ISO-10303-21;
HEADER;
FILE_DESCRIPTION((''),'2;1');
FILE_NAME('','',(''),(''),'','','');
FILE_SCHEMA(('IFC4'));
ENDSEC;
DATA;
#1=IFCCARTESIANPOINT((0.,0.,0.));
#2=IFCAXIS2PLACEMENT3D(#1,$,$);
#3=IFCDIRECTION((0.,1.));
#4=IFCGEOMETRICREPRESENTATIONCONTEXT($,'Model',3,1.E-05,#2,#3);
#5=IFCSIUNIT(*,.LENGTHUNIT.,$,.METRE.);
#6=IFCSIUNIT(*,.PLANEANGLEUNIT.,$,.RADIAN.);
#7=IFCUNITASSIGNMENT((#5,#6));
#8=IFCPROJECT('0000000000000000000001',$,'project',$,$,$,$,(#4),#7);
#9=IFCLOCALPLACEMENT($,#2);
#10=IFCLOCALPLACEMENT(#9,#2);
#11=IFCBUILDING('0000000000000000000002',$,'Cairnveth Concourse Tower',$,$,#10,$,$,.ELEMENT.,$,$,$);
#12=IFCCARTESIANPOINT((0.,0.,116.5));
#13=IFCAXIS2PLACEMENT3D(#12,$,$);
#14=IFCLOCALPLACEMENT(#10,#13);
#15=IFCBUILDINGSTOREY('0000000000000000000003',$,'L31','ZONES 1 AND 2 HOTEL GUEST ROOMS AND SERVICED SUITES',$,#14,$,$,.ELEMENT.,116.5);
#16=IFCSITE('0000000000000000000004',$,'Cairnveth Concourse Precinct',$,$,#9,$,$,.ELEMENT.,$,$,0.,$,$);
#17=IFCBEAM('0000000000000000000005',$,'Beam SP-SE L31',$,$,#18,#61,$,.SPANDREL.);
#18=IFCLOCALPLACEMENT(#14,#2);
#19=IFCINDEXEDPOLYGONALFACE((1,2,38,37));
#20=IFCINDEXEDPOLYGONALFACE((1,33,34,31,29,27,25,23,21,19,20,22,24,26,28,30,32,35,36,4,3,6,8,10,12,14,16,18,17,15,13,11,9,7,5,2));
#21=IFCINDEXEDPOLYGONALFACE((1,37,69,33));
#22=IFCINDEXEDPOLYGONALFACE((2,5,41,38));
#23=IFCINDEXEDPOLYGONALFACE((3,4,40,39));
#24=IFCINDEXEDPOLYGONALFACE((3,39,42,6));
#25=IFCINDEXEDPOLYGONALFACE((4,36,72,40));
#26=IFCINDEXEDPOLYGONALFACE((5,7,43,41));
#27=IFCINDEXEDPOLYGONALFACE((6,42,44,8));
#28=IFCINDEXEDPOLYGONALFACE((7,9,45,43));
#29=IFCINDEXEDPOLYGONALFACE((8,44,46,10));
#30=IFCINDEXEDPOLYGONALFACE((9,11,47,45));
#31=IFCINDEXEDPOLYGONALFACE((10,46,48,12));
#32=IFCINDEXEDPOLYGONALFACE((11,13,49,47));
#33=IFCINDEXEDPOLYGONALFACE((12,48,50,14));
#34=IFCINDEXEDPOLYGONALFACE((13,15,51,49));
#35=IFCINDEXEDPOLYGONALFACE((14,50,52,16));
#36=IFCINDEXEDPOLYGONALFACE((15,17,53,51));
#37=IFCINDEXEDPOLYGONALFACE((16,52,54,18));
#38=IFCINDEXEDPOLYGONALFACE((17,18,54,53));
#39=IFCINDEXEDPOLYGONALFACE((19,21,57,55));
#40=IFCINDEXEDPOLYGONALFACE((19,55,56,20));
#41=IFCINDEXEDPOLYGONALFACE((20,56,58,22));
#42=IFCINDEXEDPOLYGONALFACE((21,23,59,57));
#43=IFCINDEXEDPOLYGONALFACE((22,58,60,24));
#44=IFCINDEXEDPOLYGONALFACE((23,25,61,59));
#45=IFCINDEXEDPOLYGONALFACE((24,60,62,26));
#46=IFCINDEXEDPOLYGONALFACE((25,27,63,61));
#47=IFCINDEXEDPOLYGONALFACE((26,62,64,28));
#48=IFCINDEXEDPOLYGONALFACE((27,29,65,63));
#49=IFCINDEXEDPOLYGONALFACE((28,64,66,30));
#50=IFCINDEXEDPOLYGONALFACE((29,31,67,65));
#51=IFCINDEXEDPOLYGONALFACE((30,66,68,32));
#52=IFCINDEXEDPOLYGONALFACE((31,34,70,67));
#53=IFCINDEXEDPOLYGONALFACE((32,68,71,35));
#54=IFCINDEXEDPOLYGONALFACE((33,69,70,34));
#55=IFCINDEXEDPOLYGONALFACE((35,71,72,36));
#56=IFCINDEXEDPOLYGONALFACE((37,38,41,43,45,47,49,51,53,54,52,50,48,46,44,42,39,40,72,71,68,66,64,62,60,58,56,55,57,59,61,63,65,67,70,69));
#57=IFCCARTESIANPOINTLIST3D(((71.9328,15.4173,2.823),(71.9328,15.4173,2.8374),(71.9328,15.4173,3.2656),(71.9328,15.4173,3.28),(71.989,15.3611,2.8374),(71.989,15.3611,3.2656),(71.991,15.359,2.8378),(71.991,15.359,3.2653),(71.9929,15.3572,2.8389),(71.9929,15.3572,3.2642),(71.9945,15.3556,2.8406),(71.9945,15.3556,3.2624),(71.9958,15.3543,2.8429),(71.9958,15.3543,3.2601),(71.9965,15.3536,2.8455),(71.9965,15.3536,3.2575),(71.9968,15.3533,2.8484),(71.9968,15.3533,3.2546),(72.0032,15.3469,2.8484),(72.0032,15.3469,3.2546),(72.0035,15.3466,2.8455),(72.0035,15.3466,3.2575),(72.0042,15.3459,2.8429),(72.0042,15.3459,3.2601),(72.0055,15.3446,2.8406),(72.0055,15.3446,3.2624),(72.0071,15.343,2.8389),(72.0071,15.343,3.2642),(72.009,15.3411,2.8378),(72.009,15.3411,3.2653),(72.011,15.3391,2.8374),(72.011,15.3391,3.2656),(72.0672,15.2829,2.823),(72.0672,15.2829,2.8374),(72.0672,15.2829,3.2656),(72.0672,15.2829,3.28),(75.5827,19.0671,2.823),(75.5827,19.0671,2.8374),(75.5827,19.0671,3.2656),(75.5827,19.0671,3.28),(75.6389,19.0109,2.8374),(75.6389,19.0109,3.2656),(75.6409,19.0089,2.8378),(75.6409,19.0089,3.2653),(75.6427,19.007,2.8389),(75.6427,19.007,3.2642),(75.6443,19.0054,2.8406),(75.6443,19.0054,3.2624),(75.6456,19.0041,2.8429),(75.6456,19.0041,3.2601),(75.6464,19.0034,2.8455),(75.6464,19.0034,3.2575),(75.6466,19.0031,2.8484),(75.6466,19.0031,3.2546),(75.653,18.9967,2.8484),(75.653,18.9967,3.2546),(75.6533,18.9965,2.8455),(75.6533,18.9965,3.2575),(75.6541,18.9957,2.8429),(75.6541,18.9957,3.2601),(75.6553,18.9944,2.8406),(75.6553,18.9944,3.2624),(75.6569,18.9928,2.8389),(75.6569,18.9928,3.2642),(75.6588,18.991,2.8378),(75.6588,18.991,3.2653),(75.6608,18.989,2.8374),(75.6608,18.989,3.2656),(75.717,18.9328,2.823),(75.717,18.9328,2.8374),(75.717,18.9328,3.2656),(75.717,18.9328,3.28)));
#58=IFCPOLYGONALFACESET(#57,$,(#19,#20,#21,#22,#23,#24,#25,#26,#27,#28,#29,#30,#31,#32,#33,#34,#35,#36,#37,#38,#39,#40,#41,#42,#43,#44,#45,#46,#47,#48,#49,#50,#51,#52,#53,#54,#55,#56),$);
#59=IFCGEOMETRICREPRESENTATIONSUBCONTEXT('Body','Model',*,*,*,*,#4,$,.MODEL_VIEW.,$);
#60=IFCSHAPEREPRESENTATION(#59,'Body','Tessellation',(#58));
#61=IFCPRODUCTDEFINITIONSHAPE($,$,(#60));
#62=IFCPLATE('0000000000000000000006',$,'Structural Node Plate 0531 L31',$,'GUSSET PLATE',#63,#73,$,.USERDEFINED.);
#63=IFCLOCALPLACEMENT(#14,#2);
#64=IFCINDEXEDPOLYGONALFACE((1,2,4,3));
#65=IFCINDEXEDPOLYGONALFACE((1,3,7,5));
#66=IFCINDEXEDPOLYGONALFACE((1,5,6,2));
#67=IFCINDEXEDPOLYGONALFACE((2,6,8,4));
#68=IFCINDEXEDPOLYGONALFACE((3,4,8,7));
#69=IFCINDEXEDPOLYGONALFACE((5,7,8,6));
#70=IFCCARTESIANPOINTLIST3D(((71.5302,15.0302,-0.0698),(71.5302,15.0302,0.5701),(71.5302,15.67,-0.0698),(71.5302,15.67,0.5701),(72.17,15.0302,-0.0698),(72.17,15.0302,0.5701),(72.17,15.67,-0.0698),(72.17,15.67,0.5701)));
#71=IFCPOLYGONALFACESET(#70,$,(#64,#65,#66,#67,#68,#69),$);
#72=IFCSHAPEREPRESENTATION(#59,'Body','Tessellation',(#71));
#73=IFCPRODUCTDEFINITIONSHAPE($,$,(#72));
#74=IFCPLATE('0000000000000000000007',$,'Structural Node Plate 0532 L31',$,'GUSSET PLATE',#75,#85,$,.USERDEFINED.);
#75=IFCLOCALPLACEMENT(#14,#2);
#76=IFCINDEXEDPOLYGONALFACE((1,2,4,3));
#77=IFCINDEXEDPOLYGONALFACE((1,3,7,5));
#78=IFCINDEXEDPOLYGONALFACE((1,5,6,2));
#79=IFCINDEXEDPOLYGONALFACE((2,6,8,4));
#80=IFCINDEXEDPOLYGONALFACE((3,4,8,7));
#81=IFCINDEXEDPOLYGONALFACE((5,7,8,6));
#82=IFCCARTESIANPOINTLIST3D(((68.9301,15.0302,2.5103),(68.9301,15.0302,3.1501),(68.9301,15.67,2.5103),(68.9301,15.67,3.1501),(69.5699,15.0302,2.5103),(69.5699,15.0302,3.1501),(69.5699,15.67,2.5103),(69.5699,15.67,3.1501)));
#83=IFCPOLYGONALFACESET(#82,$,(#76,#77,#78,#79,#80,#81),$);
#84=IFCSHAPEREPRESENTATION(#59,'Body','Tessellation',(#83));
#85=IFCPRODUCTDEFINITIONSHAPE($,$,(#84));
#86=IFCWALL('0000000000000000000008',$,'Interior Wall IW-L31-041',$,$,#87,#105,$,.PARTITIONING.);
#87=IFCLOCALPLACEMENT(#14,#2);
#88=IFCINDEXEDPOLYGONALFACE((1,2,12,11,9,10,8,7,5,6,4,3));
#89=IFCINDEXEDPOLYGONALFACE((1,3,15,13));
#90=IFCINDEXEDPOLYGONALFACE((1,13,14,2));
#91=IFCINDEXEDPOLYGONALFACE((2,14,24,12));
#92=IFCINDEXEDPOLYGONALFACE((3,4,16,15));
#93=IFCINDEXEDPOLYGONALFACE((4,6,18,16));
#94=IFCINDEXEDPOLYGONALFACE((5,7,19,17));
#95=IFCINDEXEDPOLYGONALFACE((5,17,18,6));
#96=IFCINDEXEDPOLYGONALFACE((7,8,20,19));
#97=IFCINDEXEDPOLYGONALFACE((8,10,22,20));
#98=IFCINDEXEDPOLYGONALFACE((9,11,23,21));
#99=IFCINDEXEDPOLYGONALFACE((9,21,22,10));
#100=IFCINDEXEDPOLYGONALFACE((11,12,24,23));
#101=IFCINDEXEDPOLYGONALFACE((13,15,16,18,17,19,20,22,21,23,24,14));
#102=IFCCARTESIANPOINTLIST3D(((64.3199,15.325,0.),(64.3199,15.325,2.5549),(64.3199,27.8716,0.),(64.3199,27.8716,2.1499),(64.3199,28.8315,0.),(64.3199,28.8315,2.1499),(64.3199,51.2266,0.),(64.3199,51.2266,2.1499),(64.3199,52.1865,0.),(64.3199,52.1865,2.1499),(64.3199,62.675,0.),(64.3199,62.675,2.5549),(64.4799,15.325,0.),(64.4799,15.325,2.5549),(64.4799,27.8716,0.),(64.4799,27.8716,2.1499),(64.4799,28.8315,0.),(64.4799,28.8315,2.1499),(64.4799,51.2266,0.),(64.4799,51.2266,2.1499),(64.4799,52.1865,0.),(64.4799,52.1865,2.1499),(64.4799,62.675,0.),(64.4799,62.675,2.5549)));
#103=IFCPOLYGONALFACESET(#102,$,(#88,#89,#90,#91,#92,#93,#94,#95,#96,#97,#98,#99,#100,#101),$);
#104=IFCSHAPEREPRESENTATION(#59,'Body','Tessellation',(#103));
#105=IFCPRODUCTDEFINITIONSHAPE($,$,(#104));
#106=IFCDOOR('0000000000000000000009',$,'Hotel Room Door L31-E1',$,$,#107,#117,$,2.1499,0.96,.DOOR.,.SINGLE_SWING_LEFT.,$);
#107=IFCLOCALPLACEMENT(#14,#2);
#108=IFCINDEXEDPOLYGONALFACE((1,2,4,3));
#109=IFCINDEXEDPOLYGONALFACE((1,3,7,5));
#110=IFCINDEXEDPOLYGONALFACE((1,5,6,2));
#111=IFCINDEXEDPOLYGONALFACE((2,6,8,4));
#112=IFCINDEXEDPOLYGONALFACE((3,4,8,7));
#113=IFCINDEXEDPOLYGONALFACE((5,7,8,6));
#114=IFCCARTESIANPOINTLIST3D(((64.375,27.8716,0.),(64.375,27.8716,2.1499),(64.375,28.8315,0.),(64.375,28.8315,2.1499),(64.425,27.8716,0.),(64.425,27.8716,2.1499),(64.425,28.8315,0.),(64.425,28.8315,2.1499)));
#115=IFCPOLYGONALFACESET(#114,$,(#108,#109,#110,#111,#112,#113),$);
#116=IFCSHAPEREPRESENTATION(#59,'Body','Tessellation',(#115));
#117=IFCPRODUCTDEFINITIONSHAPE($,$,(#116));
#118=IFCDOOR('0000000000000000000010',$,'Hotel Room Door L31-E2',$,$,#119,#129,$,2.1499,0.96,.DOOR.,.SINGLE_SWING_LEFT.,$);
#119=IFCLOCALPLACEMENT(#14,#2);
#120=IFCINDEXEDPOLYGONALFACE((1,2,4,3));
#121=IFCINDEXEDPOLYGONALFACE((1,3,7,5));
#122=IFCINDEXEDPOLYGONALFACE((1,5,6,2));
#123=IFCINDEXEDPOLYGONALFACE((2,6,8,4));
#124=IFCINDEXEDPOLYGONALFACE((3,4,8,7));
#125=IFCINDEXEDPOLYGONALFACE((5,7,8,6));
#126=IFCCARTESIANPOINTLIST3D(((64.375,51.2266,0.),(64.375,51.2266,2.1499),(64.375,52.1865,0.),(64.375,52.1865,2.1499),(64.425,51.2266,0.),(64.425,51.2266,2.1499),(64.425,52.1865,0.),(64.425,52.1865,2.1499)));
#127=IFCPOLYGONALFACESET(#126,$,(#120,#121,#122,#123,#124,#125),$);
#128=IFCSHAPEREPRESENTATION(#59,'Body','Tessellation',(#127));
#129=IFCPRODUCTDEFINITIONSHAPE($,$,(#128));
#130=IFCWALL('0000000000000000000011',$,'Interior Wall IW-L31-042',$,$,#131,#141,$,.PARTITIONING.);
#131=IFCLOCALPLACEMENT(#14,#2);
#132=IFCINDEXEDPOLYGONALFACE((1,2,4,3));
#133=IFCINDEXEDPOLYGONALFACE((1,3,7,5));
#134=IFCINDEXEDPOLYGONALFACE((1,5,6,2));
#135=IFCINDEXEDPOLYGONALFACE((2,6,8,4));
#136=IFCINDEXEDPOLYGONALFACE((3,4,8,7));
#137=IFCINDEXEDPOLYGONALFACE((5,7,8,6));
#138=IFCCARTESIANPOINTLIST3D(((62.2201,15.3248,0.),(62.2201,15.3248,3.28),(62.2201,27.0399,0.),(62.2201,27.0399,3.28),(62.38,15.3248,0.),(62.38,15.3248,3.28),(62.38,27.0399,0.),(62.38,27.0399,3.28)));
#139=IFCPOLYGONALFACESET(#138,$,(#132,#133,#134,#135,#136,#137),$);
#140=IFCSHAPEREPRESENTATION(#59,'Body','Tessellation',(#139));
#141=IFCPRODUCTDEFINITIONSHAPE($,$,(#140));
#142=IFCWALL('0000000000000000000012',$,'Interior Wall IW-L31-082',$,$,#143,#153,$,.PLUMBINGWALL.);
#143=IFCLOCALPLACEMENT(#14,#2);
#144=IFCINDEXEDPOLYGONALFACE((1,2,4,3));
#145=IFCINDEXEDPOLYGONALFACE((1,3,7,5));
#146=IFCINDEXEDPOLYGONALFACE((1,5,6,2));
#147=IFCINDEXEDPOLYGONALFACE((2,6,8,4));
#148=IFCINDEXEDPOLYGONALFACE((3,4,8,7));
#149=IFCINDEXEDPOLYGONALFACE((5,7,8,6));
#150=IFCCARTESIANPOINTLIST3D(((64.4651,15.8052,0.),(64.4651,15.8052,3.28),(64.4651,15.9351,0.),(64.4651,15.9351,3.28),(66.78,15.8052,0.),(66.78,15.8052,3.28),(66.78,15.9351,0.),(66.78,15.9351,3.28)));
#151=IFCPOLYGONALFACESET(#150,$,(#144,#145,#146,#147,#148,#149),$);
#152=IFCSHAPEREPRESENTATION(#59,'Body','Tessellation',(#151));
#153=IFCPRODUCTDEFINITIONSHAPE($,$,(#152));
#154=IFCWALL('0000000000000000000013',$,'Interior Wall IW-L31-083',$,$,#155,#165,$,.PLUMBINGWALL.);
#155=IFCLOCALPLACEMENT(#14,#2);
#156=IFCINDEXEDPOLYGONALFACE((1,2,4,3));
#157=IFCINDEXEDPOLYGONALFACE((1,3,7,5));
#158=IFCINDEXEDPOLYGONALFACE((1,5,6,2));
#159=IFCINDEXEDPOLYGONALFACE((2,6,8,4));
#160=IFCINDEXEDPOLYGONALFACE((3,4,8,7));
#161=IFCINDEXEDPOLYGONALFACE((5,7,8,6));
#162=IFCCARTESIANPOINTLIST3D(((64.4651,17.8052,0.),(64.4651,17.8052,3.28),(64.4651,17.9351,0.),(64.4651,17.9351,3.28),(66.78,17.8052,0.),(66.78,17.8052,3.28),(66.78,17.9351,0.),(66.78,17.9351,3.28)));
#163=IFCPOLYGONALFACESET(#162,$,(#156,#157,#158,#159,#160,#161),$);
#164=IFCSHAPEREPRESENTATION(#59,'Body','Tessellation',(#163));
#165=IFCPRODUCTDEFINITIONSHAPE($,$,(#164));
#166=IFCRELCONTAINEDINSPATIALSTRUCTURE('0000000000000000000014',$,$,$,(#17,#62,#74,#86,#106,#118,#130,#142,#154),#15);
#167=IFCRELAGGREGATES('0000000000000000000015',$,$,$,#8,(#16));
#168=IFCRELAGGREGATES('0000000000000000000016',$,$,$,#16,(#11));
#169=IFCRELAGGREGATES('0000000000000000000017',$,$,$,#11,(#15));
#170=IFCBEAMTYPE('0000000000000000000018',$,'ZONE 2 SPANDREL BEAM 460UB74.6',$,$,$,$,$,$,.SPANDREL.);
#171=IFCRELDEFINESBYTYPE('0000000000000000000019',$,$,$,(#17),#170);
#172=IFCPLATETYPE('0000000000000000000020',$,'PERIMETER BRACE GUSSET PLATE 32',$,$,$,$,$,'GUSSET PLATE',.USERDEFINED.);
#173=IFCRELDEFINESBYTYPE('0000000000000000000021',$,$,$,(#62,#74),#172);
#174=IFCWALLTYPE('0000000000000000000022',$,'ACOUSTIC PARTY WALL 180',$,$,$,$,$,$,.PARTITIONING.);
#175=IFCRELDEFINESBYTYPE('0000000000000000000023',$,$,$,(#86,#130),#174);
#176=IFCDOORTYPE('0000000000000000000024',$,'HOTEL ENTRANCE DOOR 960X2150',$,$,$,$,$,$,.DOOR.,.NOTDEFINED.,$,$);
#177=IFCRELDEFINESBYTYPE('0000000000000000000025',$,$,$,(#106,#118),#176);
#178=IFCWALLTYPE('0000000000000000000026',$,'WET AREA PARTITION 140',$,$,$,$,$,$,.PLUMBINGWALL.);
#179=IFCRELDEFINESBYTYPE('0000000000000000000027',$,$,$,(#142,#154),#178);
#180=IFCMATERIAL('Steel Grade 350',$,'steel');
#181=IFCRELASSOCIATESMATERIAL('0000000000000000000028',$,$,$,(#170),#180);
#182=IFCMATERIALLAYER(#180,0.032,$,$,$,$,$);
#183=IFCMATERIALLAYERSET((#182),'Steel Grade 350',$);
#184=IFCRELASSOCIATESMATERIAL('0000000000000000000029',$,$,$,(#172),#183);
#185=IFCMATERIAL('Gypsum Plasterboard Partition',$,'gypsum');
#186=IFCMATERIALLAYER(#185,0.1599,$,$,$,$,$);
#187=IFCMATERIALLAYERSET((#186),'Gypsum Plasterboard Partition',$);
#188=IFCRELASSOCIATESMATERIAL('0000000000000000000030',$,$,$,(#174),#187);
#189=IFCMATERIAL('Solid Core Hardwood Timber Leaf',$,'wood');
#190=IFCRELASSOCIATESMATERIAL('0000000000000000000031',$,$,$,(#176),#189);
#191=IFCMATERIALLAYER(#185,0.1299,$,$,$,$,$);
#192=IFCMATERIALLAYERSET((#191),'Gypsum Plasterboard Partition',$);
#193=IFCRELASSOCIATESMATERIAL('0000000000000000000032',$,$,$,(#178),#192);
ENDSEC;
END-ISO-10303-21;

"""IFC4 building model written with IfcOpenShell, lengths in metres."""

from ifc_helpers import new_model, si_unit, direction, frame, frame_2d, origin, origin_2d, place, context, subcontext, project, spatial, rectangle, i_section, extrude, material, layer, layer_set, material_profile, profile_set, type_object, element, fill, save


model = new_model("IFC4")

# Units and contexts
model_context = context("Model", 3, precision=1e-05, world=origin(), true_north=direction((0.0, 1.0)))
body_context = subcontext(model_context, "Body", "Model", "MODEL_VIEW")
ifc_project = project(units=[si_unit("LENGTHUNIT", "METRE"), si_unit("PLANEANGLEUNIT", "RADIAN")], contexts=[model_context])

# Site, building, storey
site_placement = place(None, origin())
site = spatial("IfcSite", under=ifc_project, at=site_placement, Name="Cairnveth Concourse Precinct", CompositionType="ELEMENT", RefElevation=0.0)
building_placement = place(site_placement, origin())
building = spatial("IfcBuilding", under=site, at=building_placement, Name="Cairnveth Concourse Tower", CompositionType="ELEMENT")
storey_placement = place(building_placement, frame((0.0, 0.0, 116.5)))
storey = spatial("IfcBuildingStorey", under=building, at=storey_placement, Name="L31", Description="ZONES 1 AND 2 HOTEL GUEST ROOMS AND SERVICED SUITES", CompositionType="ELEMENT", Elevation=116.5)

# Shared definitions
ifc_material_1 = material(Name="Steel Grade 350", Category="steel")

# Beam
ifc_material_profile_1 = material_profile(ifc_material_1, i_section(OverallWidth=0.1899, OverallDepth=0.457, WebThickness=0.009, FlangeThickness=0.0144, FilletRadius=0.011, at=origin_2d()), Name="460UB74.6")
ifc_profile_set_1 = profile_set([ifc_material_profile_1], Name="Steel Grade 350")
beam_type_1 = type_object("IfcBeamType", Name="ZONE 2 SPANDREL BEAM 460UB74.6", PredefinedType="SPANDREL", material=ifc_profile_set_1)
beam_1_placement = place(storey_placement, frame((72.0, 15.3501, 3.0515), z_axis=(0.707107, 0.707107, 0.0), x_axis=(-0.707107, 0.707107, 0.0)))
element("IfcBeam", 1, at=beam_1_placement, inside=storey, type_object=beam_type_1, Name="Beam SP-SE L31", PredefinedType="SPANDREL", context=body_context, shape_type="SweptSolid", body=[
    extrude(i_section(OverallWidth=0.1899, OverallDepth=0.457, WebThickness=0.009, FlangeThickness=0.0144, FilletRadius=0.011, at=origin_2d()), origin(), (0.0, 0.0, 1.0), 5.1616),
])

# Plates
ifc_layer_1 = layer(ifc_material_1, 0.032)
ifc_layer_set_1 = layer_set([ifc_layer_1], Name="Steel Grade 350")
plate_type = type_object("IfcPlateType", Name="PERIMETER BRACE GUSSET PLATE 32", ElementType="GUSSET PLATE", PredefinedType="USERDEFINED", material=ifc_layer_set_1)
for number, where, z_axis, x_axis, name in (
    (2, (71.8501, 15.3501, -0.0698), (0.0, 0.0, 1.0), (1.0, 0.0, 0.0), "Structural Node Plate 0531 L31"),
    (3, (69.25, 15.3501, 2.5103), (0.0, 0.0, 1.0), (1.0, 0.0, 0.0), "Structural Node Plate 0532 L31"),
):
    element("IfcPlate", number, at=place(storey_placement, frame(where, z_axis=z_axis, x_axis=x_axis)), inside=storey, type_object=plate_type, Name=name, ObjectType="GUSSET PLATE", PredefinedType="USERDEFINED", context=body_context, shape_type="SweptSolid", body=[
        extrude(rectangle(XDim=0.6399, YDim=0.6399, at=origin_2d()), origin(), (0.0, 0.0, 1.0), 0.6399),
    ])

# Wall, openings, doors
ifc_material_2 = material(Name="Gypsum Plasterboard Partition", Category="gypsum")
ifc_layer_2 = layer(ifc_material_2, 0.1599)
ifc_layer_set_2 = layer_set([ifc_layer_2], Name="Gypsum Plasterboard Partition")
wall_type_1 = type_object("IfcWallType", Name="ACOUSTIC PARTY WALL 180", PredefinedType="PARTITIONING", material=ifc_layer_set_2)
wall_1_placement = place(storey_placement, frame((64.3999, 15.325, 0.0), z_axis=(0.0, 0.0, 1.0), x_axis=(0.0, 1.0, 0.0)))
wall_1 = element("IfcWall", 4, at=wall_1_placement, inside=storey, type_object=wall_type_1, Name="Interior Wall IW-L31-041", PredefinedType="PARTITIONING", context=body_context, shape_type="SweptSolid", body=[
    extrude(rectangle(XDim=47.3501, YDim=0.1599, at=frame_2d((23.675, 0.0))), origin(), (0.0, 0.0, 1.0), 2.5549),
])
opening_1_placement = place(wall_1_placement, frame((12.5466, 0.0, 0.0)))
opening_1 = element("IfcOpeningElement", 5, at=opening_1_placement, cuts=wall_1, PredefinedType="OPENING", context=body_context, shape_type="SweptSolid", body=[
    extrude(rectangle(XDim=0.96, YDim=2.1499, at=frame_2d((0.48, 1.075))), frame((0.0, 0.0898, 0.0), z_axis=(0.0, -1.0, 0.0), x_axis=(1.0, 0.0, 0.0)), (0.0, 0.0, 1.0), 0.1799),
])
opening_2_placement = place(wall_1_placement, frame((35.9016, 0.0, 0.0)))
opening_2 = element("IfcOpeningElement", 6, at=opening_2_placement, cuts=wall_1, PredefinedType="OPENING", context=body_context, shape_type="SweptSolid", body=[
    extrude(rectangle(XDim=0.96, YDim=2.1499, at=frame_2d((0.48, 1.075))), frame((0.0, 0.0898, 0.0), z_axis=(0.0, -1.0, 0.0), x_axis=(1.0, 0.0, 0.0)), (0.0, 0.0, 1.0), 0.1799),
])
ifc_material_3 = material(Name="Solid Core Hardwood Timber Leaf", Category="wood")
door_type_1 = type_object("IfcDoorType", Name="HOTEL ENTRANCE DOOR 960X2150", OperationType="NOTDEFINED", PredefinedType="DOOR", material=ifc_material_3)
door_1_placement = place(opening_1_placement, origin())
door_1 = element("IfcDoor", 7, at=door_1_placement, inside=storey, type_object=door_type_1, Name="Hotel Room Door L31-E1", OperationType="SINGLE_SWING_LEFT", OverallHeight=2.1499, OverallWidth=0.96, PredefinedType="DOOR", context=body_context, shape_type="SweptSolid", body=[
    extrude(rectangle(XDim=0.96, YDim=2.1499, at=frame_2d((0.48, 1.075))), frame((0.0, 0.0249, 0.0), z_axis=(0.0, -1.0, 0.0), x_axis=(1.0, 0.0, 0.0)), (0.0, 0.0, 1.0), 0.05),
])
fill(opening_1, door_1)
door_2_placement = place(opening_2_placement, origin())
door_2 = element("IfcDoor", 8, at=door_2_placement, inside=storey, type_object=door_type_1, Name="Hotel Room Door L31-E2", OperationType="SINGLE_SWING_LEFT", OverallHeight=2.1499, OverallWidth=0.96, PredefinedType="DOOR", context=body_context, shape_type="SweptSolid", body=[
    extrude(rectangle(XDim=0.96, YDim=2.1499, at=frame_2d((0.48, 1.075))), frame((0.0, 0.0249, 0.0), z_axis=(0.0, -1.0, 0.0), x_axis=(1.0, 0.0, 0.0)), (0.0, 0.0, 1.0), 0.05),
])
fill(opening_2, door_2)

# Walls
wall_2_placement = place(storey_placement, frame((62.3, 15.325, 0.0), z_axis=(0.0, 0.0, 1.0), x_axis=(0.0, 1.0, 0.0)))
element("IfcWall", 9, at=wall_2_placement, inside=storey, type_object=wall_type_1, Name="Interior Wall IW-L31-042", PredefinedType="PARTITIONING", context=body_context, shape_type="SweptSolid", body=[
    extrude(rectangle(XDim=11.7151, YDim=0.1599, at=frame_2d((5.8574, 0.0))), origin(), (0.0, 0.0, 1.0), 3.28),
])
ifc_layer_3 = layer(ifc_material_2, 0.1299)
ifc_layer_set_3 = layer_set([ifc_layer_3], Name="Gypsum Plasterboard Partition")
wall_type_2 = type_object("IfcWallType", Name="WET AREA PARTITION 140", PredefinedType="PLUMBINGWALL", material=ifc_layer_set_3)
for number, where, z_axis, x_axis, name in (
    (10, (64.4651, 15.8701, 0.0), (0.0, 0.0, 1.0), (1.0, 0.0, 0.0), "Interior Wall IW-L31-082"),
    (11, (64.4651, 17.8701, 0.0), (0.0, 0.0, 1.0), (1.0, 0.0, 0.0), "Interior Wall IW-L31-083"),
):
    element("IfcWall", number, at=place(storey_placement, frame(where, z_axis=z_axis, x_axis=x_axis)), inside=storey, type_object=wall_type_2, Name=name, PredefinedType="PLUMBINGWALL", context=body_context, shape_type="SweptSolid", body=[
        extrude(rectangle(XDim=2.3149, YDim=0.1299, at=frame_2d((1.1575, 0.0))), origin(), (0.0, 0.0, 1.0), 3.28),
    ])

save(model, "model.ifc")
